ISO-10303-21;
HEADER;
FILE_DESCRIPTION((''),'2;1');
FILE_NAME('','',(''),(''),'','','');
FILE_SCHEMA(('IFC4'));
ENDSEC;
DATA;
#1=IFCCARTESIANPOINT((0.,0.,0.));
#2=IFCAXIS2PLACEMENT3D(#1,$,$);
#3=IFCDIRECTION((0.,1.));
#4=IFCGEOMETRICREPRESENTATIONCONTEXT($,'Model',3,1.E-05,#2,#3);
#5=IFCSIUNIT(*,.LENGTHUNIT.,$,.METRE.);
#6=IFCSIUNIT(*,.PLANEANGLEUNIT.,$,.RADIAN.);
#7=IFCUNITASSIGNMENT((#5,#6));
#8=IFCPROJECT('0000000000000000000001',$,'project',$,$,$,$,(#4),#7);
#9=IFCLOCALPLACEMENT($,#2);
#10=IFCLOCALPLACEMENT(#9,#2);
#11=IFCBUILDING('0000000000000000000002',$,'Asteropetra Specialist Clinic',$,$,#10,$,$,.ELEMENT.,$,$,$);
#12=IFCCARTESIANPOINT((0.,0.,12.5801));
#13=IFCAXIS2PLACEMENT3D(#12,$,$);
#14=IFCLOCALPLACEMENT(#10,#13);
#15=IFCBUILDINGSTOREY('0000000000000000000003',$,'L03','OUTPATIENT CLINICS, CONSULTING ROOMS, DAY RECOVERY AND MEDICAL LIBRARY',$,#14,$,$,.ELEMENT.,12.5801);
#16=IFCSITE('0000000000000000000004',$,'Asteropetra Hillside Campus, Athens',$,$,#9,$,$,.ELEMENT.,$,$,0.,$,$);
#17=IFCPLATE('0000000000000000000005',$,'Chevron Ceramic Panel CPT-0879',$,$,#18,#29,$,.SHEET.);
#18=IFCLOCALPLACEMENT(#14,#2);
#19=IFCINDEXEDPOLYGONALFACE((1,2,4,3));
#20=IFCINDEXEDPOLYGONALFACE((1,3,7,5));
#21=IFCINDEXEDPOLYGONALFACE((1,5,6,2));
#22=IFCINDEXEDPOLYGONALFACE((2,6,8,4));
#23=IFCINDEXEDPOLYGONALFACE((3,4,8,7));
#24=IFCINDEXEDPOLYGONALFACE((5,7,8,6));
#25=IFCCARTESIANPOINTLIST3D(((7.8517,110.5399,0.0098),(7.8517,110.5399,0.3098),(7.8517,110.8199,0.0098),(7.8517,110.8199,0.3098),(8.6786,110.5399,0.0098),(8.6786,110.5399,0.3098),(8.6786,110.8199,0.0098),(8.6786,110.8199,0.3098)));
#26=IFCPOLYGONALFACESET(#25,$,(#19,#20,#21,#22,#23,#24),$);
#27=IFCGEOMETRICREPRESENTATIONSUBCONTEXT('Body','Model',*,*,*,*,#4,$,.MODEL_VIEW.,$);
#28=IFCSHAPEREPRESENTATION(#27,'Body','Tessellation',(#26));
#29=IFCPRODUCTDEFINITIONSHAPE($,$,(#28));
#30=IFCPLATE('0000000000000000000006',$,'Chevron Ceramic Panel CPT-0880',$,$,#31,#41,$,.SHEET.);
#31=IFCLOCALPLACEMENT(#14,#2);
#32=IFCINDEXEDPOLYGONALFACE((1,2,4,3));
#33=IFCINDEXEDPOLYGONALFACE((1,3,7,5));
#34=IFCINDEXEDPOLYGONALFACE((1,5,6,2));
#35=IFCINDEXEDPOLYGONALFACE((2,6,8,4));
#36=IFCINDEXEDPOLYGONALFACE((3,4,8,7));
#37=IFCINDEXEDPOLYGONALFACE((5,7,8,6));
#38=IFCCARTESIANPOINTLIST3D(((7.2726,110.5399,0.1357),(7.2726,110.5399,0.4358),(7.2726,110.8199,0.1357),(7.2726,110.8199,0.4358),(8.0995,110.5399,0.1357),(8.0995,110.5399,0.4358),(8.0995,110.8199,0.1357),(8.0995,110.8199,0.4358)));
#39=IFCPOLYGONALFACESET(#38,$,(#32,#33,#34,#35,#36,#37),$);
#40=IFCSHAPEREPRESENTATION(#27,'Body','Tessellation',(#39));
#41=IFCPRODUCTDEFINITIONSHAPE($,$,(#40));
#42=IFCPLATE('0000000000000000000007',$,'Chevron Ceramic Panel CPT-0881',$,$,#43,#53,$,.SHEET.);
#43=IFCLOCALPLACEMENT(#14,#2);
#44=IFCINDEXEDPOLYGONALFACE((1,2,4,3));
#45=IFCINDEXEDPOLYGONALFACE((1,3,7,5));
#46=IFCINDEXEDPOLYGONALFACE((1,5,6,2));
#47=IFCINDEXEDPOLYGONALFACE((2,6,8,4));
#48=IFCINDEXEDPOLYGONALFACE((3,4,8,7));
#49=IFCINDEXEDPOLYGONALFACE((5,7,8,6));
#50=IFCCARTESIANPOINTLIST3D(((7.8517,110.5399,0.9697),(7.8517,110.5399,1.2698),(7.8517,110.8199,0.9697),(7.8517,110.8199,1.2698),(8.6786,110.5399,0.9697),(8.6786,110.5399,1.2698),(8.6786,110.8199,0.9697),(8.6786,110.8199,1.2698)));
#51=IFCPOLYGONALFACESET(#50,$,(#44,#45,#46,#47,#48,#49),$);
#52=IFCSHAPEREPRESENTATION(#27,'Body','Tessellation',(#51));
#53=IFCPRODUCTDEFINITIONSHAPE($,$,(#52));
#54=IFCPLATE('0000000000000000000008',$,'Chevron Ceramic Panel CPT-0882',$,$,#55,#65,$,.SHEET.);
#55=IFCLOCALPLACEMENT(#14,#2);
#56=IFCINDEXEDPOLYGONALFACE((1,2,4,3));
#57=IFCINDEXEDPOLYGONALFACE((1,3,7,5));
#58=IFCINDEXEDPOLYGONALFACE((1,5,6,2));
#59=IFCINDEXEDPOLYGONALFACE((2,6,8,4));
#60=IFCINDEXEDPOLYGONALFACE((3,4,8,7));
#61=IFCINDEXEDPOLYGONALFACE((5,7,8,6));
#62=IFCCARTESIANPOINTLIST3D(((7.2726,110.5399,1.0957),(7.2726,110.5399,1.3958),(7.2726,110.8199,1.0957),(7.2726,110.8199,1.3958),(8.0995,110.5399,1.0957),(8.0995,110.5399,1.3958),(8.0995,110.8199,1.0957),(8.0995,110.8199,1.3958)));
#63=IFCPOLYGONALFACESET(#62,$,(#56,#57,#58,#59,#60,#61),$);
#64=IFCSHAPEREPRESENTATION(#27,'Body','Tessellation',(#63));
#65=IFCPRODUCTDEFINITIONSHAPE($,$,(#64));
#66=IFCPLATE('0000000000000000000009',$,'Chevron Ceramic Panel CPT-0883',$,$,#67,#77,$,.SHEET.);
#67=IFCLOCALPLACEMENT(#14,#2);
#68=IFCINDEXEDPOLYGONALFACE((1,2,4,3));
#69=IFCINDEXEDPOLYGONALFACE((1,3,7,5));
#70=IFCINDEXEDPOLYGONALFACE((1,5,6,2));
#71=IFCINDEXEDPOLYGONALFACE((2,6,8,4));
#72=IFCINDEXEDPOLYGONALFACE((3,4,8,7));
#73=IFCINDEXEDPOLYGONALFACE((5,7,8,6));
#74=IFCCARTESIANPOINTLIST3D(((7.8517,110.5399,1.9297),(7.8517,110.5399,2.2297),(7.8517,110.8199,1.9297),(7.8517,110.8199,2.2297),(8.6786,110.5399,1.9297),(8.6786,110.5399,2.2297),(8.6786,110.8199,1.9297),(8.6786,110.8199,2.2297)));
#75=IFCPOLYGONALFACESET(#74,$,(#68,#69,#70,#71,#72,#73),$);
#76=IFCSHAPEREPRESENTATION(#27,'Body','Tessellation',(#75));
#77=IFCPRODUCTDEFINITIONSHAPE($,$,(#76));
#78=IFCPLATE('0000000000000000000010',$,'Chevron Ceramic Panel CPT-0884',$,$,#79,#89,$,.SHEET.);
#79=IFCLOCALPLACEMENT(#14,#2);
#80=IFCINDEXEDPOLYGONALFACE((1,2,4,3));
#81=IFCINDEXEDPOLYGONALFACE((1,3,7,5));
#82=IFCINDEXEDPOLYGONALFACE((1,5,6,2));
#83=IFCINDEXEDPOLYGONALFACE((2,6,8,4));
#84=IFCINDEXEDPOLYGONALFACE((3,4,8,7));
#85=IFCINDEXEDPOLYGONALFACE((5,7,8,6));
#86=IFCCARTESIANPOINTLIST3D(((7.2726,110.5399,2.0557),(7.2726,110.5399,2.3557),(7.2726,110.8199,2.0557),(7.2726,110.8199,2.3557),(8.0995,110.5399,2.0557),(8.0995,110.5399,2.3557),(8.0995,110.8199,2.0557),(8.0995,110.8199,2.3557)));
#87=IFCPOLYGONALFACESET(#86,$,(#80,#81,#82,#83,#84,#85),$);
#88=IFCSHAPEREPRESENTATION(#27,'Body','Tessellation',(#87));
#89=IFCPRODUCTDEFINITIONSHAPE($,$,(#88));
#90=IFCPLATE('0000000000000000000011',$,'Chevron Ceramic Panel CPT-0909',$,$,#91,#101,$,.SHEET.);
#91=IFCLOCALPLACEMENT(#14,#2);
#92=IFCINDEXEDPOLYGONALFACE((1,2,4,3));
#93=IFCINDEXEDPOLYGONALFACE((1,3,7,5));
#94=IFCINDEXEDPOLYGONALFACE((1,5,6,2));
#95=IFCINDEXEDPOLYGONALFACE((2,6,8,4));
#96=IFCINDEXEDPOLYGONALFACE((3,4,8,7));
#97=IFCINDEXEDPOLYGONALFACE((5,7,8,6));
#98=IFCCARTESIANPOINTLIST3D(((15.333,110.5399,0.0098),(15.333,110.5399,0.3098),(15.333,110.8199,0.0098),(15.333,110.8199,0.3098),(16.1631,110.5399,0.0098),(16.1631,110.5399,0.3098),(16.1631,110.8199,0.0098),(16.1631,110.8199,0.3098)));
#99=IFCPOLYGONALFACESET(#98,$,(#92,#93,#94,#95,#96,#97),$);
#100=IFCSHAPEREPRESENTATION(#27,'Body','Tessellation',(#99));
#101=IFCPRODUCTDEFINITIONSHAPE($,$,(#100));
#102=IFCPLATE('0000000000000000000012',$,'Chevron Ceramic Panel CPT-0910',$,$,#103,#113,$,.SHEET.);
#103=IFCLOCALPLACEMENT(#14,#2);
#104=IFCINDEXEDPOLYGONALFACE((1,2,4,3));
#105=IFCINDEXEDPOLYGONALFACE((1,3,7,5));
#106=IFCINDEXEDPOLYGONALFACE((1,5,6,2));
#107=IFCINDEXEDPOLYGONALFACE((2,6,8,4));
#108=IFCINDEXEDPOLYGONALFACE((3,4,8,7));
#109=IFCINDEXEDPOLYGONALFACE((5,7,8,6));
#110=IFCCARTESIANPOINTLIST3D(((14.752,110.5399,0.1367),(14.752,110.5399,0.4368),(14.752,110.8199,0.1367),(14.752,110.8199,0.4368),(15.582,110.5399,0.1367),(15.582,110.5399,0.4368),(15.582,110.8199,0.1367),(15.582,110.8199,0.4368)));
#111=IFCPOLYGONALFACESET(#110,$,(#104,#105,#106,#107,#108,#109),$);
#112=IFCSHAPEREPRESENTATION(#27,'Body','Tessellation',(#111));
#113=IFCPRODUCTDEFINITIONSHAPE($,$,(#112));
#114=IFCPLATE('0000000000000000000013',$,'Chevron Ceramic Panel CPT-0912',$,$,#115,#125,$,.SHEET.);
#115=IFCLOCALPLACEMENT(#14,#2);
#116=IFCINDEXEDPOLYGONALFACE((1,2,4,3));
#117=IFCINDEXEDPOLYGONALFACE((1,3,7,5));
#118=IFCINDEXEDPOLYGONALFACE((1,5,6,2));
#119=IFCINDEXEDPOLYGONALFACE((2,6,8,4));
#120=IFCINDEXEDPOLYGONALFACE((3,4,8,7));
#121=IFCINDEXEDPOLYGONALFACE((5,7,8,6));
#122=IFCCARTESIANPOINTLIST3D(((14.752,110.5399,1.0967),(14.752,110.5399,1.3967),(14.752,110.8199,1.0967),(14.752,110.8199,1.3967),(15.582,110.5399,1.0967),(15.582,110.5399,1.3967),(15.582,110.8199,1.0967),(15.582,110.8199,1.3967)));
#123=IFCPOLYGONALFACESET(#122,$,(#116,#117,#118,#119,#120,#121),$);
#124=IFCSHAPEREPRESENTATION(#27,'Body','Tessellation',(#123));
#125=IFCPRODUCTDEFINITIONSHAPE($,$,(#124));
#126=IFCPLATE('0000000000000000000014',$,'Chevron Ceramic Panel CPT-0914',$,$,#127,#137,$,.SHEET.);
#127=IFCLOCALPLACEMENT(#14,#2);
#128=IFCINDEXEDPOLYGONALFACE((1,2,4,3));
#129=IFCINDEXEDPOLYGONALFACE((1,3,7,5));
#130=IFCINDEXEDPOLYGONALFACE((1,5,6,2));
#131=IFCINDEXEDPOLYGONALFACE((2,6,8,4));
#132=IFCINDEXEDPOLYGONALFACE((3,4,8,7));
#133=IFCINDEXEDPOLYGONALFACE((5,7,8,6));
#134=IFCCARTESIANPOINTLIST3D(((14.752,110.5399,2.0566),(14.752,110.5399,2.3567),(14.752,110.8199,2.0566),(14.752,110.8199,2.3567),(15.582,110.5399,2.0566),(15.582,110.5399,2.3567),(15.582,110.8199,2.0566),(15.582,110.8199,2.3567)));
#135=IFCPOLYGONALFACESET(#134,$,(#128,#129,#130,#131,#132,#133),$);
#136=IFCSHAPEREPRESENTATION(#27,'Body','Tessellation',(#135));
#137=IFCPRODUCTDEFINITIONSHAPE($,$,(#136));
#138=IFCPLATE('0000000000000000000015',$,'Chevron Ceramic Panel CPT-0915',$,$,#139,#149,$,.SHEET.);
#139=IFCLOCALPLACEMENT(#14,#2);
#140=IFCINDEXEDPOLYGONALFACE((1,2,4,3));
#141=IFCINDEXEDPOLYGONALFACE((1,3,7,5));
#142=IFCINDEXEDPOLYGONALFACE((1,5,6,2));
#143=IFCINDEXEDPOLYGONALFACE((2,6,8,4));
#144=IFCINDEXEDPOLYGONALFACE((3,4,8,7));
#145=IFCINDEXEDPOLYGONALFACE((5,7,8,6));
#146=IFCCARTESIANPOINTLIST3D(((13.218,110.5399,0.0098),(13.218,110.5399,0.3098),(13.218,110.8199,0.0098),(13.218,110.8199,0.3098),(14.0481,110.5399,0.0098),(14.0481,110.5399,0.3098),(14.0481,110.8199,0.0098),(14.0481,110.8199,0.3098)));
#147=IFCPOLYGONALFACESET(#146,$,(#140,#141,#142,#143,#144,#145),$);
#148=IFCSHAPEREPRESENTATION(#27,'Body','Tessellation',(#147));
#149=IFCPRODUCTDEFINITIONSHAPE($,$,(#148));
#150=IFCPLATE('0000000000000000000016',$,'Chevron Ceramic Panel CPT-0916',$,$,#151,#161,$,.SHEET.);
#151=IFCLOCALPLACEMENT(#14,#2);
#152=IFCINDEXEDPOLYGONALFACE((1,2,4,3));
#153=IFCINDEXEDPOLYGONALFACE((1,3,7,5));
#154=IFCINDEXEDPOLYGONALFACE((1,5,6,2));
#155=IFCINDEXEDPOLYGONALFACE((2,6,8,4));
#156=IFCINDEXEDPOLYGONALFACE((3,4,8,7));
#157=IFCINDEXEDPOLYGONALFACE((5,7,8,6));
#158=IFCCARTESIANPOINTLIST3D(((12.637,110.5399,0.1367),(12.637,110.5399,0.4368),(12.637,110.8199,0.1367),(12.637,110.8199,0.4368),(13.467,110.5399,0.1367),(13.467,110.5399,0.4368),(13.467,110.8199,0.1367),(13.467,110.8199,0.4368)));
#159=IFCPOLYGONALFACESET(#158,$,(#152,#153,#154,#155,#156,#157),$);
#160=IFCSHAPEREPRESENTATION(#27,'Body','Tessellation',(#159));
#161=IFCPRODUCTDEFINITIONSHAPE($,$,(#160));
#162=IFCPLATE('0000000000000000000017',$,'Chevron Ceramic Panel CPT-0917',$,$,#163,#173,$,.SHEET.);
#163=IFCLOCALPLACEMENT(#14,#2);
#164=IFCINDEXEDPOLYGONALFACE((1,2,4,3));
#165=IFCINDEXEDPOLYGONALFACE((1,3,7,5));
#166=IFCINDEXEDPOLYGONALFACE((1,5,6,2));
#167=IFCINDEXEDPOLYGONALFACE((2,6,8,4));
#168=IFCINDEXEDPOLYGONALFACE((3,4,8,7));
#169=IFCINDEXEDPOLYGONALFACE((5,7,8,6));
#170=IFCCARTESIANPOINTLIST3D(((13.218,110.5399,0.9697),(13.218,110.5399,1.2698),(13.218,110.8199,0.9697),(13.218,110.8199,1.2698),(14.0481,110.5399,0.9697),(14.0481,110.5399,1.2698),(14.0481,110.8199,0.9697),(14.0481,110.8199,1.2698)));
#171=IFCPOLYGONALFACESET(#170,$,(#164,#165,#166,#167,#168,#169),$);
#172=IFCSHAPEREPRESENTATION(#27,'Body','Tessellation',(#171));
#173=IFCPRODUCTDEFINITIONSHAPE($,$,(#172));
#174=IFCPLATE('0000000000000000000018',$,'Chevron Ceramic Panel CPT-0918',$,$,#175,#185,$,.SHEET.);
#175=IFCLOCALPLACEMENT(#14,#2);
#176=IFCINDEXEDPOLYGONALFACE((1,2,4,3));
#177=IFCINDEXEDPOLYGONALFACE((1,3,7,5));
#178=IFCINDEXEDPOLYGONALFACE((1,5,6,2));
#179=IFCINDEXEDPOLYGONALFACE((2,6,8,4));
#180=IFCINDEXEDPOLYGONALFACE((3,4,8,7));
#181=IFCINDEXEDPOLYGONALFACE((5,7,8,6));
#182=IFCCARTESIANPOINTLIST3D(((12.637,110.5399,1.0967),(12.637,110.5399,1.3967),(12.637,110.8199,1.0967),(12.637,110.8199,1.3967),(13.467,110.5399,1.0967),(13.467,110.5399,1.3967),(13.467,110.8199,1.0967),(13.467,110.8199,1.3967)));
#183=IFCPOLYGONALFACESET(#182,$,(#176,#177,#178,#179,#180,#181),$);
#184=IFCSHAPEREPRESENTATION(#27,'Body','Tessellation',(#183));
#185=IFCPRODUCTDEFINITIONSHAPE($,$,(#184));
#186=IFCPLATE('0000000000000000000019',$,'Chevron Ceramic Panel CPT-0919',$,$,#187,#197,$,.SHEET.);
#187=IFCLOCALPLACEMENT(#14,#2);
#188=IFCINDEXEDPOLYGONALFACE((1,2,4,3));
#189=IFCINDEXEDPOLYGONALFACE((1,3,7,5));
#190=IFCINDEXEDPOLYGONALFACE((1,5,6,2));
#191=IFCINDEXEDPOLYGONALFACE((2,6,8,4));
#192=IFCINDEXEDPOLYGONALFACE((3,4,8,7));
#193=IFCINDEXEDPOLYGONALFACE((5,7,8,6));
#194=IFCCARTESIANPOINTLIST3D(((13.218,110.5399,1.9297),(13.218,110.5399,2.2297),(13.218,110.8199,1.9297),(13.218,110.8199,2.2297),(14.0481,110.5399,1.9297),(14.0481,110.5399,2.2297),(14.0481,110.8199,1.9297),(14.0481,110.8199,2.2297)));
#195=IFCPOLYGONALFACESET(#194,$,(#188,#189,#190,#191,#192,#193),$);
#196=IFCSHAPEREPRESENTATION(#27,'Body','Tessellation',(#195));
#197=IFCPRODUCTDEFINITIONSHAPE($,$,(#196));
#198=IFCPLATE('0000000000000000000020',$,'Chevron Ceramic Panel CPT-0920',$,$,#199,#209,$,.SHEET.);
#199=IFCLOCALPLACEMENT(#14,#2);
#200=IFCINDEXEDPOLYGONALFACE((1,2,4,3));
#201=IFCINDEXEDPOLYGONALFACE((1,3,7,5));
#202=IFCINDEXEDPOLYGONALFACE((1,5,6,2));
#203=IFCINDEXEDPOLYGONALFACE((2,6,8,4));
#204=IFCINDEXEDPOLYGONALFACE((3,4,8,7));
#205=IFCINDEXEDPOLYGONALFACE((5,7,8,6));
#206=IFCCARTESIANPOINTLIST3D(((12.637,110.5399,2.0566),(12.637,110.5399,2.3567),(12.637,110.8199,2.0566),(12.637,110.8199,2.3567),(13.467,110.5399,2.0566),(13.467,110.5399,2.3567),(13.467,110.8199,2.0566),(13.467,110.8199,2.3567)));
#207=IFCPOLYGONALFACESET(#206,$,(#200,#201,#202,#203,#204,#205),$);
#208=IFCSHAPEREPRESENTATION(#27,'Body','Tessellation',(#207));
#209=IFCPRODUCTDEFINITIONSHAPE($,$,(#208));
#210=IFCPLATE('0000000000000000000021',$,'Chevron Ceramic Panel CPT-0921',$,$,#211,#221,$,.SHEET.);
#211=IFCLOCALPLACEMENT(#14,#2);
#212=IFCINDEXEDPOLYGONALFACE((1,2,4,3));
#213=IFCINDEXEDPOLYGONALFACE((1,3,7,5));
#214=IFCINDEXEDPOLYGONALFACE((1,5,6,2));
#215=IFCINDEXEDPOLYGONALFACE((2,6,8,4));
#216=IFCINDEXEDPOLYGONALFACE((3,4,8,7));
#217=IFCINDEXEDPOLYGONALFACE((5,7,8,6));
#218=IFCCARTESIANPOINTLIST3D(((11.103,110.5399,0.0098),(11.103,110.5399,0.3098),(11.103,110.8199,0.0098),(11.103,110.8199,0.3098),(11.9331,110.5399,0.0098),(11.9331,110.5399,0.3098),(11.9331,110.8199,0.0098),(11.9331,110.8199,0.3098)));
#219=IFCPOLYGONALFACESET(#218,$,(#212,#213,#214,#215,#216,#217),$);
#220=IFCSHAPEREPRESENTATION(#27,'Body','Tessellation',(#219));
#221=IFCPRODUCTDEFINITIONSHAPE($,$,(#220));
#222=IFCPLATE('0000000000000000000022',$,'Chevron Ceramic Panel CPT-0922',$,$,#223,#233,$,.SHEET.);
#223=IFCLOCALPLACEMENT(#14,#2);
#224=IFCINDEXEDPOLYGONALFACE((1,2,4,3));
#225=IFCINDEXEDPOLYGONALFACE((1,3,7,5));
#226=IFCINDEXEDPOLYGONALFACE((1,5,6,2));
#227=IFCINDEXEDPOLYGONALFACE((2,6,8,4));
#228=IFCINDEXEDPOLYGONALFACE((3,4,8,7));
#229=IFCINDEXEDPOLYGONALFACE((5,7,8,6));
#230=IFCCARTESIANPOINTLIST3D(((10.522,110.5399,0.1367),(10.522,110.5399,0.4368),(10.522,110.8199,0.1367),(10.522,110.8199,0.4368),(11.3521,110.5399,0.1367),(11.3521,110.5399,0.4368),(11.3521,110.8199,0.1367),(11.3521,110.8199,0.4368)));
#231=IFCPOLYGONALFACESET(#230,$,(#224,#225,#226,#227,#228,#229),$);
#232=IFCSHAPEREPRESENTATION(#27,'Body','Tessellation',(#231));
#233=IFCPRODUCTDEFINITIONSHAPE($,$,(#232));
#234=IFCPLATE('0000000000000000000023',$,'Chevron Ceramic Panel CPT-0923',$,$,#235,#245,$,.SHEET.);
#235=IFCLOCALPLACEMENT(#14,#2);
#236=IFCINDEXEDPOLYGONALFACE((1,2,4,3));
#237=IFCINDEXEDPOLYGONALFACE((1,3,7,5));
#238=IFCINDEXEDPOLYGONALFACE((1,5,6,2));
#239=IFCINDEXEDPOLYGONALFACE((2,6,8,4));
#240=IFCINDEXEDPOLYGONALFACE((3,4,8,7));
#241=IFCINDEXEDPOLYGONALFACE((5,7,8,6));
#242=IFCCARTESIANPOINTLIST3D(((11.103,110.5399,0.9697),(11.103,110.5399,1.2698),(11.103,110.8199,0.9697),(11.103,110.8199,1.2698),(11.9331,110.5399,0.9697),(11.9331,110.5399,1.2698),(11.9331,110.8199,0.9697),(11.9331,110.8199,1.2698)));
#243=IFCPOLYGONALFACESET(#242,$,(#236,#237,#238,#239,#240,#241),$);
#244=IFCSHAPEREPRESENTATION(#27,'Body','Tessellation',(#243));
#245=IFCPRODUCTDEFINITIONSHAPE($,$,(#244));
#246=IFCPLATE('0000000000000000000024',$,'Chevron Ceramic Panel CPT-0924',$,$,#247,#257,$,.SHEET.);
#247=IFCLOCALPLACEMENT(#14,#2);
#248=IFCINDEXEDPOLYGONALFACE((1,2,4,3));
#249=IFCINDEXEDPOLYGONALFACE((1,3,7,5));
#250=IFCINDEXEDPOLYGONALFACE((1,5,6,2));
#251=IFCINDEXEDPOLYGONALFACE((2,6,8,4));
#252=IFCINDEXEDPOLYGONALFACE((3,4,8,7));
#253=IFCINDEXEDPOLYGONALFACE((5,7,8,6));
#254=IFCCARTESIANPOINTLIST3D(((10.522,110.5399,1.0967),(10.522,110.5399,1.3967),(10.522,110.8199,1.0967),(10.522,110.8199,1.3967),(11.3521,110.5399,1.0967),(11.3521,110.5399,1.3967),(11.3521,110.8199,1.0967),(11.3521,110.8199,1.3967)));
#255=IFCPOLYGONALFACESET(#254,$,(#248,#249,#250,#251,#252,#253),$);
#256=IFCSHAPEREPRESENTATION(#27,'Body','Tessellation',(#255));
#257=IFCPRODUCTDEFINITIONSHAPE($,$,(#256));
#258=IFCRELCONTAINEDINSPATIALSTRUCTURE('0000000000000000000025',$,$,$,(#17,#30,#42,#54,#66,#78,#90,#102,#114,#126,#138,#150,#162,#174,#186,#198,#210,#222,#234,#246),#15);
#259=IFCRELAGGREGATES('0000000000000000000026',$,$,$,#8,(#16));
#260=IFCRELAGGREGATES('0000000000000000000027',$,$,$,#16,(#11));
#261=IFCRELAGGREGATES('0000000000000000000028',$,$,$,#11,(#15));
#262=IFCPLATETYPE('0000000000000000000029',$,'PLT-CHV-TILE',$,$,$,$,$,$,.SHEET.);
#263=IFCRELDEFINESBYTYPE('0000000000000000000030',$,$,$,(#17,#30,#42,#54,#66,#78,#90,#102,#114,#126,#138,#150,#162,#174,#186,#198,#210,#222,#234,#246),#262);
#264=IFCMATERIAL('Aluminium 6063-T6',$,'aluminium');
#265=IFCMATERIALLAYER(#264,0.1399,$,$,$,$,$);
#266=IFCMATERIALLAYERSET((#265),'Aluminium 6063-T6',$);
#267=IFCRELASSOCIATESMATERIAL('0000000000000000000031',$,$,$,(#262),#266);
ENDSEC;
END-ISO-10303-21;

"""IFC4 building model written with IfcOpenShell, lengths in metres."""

from ifc_helpers import new_model, si_unit, direction, frame, origin, origin_2d, place, context, subcontext, project, spatial, rectangle, extrude, material, layer, layer_set, type_object, element, save


model = new_model("IFC4")

# Units and contexts
model_context = context("Model", 3, precision=1e-05, world=origin(), true_north=direction((0.0, 1.0)))
body_context = subcontext(model_context, "Body", "Model", "MODEL_VIEW")
ifc_project = project(units=[si_unit("LENGTHUNIT", "METRE"), si_unit("PLANEANGLEUNIT", "RADIAN")], contexts=[model_context])

# Site, building, storey
site_placement = place(None, origin())
site = spatial("IfcSite", under=ifc_project, at=site_placement, Name="Asteropetra Hillside Campus, Athens", CompositionType="ELEMENT", RefElevation=0.0)
building_placement = place(site_placement, origin())
building = spatial("IfcBuilding", under=site, at=building_placement, Name="Asteropetra Specialist Clinic", CompositionType="ELEMENT")
storey_placement = place(building_placement, frame((0.0, 0.0, 12.5801)))
storey = spatial("IfcBuildingStorey", under=building, at=storey_placement, Name="L03", Description="OUTPATIENT CLINICS, CONSULTING ROOMS, DAY RECOVERY AND MEDICAL LIBRARY", CompositionType="ELEMENT", Elevation=12.5801)

# Plates
ifc_material_1 = material(Name="Aluminium 6063-T6", Category="aluminium")
ifc_layer_1 = layer(ifc_material_1, 0.1399)
ifc_layer_set_1 = layer_set([ifc_layer_1], Name="Aluminium 6063-T6")
plate_type_1 = type_object("IfcPlateType", Name="PLT-CHV-TILE", PredefinedType="SHEET", material=ifc_layer_set_1)
for number, where, z_axis, x_axis, name in (
    (1, (8.2651, 110.6799, 0.0098), (0.0, 0.0, 1.0), (1.0, 0.0, 0.0), "Chevron Ceramic Panel CPT-0879"),
    (2, (7.686, 110.6799, 0.1357), (0.0, 0.0, 1.0), (1.0, 0.0, 0.0), "Chevron Ceramic Panel CPT-0880"),
    (3, (8.2651, 110.6799, 0.9697), (0.0, 0.0, 1.0), (1.0, 0.0, 0.0), "Chevron Ceramic Panel CPT-0881"),
    (4, (7.686, 110.6799, 1.0957), (0.0, 0.0, 1.0), (1.0, 0.0, 0.0), "Chevron Ceramic Panel CPT-0882"),
    (5, (8.2651, 110.6799, 1.9297), (0.0, 0.0, 1.0), (1.0, 0.0, 0.0), "Chevron Ceramic Panel CPT-0883"),
    (6, (7.686, 110.6799, 2.0557), (0.0, 0.0, 1.0), (1.0, 0.0, 0.0), "Chevron Ceramic Panel CPT-0884"),
):
    element("IfcPlate", number, at=place(storey_placement, frame(where, z_axis=z_axis, x_axis=x_axis)), inside=storey, type_object=plate_type_1, Name=name, PredefinedType="SHEET", context=body_context, shape_type="SweptSolid", body=[
        extrude(rectangle(XDim=0.8269, YDim=0.28, at=origin_2d()), origin(), (0.0, 0.0, 1.0), 0.3),
    ])
for number, where, z_axis, x_axis, name in (
    (7, (15.748, 110.6799, 0.0098), (0.0, 0.0, 1.0), (1.0, 0.0, 0.0), "Chevron Ceramic Panel CPT-0909"),
    (8, (15.167, 110.6799, 0.1367), (0.0, 0.0, 1.0), (1.0, 0.0, 0.0), "Chevron Ceramic Panel CPT-0910"),
    (9, (15.167, 110.6799, 1.0967), (0.0, 0.0, 1.0), (1.0, 0.0, 0.0), "Chevron Ceramic Panel CPT-0912"),
    (10, (15.167, 110.6799, 2.0566), (0.0, 0.0, 1.0), (1.0, 0.0, 0.0), "Chevron Ceramic Panel CPT-0914"),
    (11, (13.6331, 110.6799, 0.0098), (0.0, 0.0, 1.0), (1.0, 0.0, 0.0), "Chevron Ceramic Panel CPT-0915"),
    (12, (13.052, 110.6799, 0.1367), (0.0, 0.0, 1.0), (1.0, 0.0, 0.0), "Chevron Ceramic Panel CPT-0916"),
    (13, (13.6331, 110.6799, 0.9697), (0.0, 0.0, 1.0), (1.0, 0.0, 0.0), "Chevron Ceramic Panel CPT-0917"),
    (14, (13.052, 110.6799, 1.0967), (0.0, 0.0, 1.0), (1.0, 0.0, 0.0), "Chevron Ceramic Panel CPT-0918"),
    (15, (13.6331, 110.6799, 1.9297), (0.0, 0.0, 1.0), (1.0, 0.0, 0.0), "Chevron Ceramic Panel CPT-0919"),
    (16, (13.052, 110.6799, 2.0566), (0.0, 0.0, 1.0), (1.0, 0.0, 0.0), "Chevron Ceramic Panel CPT-0920"),
    (17, (11.5181, 110.6799, 0.0098), (0.0, 0.0, 1.0), (1.0, 0.0, 0.0), "Chevron Ceramic Panel CPT-0921"),
    (18, (10.937, 110.6799, 0.1367), (0.0, 0.0, 1.0), (1.0, 0.0, 0.0), "Chevron Ceramic Panel CPT-0922"),
    (19, (11.5181, 110.6799, 0.9697), (0.0, 0.0, 1.0), (1.0, 0.0, 0.0), "Chevron Ceramic Panel CPT-0923"),
    (20, (10.937, 110.6799, 1.0967), (0.0, 0.0, 1.0), (1.0, 0.0, 0.0), "Chevron Ceramic Panel CPT-0924"),
):
    element("IfcPlate", number, at=place(storey_placement, frame(where, z_axis=z_axis, x_axis=x_axis)), inside=storey, type_object=plate_type_1, Name=name, PredefinedType="SHEET", context=body_context, shape_type="SweptSolid", body=[
        extrude(rectangle(XDim=0.8301, YDim=0.28, at=origin_2d()), origin(), (0.0, 0.0, 1.0), 0.3),
    ])

save(model, "model.ifc")
